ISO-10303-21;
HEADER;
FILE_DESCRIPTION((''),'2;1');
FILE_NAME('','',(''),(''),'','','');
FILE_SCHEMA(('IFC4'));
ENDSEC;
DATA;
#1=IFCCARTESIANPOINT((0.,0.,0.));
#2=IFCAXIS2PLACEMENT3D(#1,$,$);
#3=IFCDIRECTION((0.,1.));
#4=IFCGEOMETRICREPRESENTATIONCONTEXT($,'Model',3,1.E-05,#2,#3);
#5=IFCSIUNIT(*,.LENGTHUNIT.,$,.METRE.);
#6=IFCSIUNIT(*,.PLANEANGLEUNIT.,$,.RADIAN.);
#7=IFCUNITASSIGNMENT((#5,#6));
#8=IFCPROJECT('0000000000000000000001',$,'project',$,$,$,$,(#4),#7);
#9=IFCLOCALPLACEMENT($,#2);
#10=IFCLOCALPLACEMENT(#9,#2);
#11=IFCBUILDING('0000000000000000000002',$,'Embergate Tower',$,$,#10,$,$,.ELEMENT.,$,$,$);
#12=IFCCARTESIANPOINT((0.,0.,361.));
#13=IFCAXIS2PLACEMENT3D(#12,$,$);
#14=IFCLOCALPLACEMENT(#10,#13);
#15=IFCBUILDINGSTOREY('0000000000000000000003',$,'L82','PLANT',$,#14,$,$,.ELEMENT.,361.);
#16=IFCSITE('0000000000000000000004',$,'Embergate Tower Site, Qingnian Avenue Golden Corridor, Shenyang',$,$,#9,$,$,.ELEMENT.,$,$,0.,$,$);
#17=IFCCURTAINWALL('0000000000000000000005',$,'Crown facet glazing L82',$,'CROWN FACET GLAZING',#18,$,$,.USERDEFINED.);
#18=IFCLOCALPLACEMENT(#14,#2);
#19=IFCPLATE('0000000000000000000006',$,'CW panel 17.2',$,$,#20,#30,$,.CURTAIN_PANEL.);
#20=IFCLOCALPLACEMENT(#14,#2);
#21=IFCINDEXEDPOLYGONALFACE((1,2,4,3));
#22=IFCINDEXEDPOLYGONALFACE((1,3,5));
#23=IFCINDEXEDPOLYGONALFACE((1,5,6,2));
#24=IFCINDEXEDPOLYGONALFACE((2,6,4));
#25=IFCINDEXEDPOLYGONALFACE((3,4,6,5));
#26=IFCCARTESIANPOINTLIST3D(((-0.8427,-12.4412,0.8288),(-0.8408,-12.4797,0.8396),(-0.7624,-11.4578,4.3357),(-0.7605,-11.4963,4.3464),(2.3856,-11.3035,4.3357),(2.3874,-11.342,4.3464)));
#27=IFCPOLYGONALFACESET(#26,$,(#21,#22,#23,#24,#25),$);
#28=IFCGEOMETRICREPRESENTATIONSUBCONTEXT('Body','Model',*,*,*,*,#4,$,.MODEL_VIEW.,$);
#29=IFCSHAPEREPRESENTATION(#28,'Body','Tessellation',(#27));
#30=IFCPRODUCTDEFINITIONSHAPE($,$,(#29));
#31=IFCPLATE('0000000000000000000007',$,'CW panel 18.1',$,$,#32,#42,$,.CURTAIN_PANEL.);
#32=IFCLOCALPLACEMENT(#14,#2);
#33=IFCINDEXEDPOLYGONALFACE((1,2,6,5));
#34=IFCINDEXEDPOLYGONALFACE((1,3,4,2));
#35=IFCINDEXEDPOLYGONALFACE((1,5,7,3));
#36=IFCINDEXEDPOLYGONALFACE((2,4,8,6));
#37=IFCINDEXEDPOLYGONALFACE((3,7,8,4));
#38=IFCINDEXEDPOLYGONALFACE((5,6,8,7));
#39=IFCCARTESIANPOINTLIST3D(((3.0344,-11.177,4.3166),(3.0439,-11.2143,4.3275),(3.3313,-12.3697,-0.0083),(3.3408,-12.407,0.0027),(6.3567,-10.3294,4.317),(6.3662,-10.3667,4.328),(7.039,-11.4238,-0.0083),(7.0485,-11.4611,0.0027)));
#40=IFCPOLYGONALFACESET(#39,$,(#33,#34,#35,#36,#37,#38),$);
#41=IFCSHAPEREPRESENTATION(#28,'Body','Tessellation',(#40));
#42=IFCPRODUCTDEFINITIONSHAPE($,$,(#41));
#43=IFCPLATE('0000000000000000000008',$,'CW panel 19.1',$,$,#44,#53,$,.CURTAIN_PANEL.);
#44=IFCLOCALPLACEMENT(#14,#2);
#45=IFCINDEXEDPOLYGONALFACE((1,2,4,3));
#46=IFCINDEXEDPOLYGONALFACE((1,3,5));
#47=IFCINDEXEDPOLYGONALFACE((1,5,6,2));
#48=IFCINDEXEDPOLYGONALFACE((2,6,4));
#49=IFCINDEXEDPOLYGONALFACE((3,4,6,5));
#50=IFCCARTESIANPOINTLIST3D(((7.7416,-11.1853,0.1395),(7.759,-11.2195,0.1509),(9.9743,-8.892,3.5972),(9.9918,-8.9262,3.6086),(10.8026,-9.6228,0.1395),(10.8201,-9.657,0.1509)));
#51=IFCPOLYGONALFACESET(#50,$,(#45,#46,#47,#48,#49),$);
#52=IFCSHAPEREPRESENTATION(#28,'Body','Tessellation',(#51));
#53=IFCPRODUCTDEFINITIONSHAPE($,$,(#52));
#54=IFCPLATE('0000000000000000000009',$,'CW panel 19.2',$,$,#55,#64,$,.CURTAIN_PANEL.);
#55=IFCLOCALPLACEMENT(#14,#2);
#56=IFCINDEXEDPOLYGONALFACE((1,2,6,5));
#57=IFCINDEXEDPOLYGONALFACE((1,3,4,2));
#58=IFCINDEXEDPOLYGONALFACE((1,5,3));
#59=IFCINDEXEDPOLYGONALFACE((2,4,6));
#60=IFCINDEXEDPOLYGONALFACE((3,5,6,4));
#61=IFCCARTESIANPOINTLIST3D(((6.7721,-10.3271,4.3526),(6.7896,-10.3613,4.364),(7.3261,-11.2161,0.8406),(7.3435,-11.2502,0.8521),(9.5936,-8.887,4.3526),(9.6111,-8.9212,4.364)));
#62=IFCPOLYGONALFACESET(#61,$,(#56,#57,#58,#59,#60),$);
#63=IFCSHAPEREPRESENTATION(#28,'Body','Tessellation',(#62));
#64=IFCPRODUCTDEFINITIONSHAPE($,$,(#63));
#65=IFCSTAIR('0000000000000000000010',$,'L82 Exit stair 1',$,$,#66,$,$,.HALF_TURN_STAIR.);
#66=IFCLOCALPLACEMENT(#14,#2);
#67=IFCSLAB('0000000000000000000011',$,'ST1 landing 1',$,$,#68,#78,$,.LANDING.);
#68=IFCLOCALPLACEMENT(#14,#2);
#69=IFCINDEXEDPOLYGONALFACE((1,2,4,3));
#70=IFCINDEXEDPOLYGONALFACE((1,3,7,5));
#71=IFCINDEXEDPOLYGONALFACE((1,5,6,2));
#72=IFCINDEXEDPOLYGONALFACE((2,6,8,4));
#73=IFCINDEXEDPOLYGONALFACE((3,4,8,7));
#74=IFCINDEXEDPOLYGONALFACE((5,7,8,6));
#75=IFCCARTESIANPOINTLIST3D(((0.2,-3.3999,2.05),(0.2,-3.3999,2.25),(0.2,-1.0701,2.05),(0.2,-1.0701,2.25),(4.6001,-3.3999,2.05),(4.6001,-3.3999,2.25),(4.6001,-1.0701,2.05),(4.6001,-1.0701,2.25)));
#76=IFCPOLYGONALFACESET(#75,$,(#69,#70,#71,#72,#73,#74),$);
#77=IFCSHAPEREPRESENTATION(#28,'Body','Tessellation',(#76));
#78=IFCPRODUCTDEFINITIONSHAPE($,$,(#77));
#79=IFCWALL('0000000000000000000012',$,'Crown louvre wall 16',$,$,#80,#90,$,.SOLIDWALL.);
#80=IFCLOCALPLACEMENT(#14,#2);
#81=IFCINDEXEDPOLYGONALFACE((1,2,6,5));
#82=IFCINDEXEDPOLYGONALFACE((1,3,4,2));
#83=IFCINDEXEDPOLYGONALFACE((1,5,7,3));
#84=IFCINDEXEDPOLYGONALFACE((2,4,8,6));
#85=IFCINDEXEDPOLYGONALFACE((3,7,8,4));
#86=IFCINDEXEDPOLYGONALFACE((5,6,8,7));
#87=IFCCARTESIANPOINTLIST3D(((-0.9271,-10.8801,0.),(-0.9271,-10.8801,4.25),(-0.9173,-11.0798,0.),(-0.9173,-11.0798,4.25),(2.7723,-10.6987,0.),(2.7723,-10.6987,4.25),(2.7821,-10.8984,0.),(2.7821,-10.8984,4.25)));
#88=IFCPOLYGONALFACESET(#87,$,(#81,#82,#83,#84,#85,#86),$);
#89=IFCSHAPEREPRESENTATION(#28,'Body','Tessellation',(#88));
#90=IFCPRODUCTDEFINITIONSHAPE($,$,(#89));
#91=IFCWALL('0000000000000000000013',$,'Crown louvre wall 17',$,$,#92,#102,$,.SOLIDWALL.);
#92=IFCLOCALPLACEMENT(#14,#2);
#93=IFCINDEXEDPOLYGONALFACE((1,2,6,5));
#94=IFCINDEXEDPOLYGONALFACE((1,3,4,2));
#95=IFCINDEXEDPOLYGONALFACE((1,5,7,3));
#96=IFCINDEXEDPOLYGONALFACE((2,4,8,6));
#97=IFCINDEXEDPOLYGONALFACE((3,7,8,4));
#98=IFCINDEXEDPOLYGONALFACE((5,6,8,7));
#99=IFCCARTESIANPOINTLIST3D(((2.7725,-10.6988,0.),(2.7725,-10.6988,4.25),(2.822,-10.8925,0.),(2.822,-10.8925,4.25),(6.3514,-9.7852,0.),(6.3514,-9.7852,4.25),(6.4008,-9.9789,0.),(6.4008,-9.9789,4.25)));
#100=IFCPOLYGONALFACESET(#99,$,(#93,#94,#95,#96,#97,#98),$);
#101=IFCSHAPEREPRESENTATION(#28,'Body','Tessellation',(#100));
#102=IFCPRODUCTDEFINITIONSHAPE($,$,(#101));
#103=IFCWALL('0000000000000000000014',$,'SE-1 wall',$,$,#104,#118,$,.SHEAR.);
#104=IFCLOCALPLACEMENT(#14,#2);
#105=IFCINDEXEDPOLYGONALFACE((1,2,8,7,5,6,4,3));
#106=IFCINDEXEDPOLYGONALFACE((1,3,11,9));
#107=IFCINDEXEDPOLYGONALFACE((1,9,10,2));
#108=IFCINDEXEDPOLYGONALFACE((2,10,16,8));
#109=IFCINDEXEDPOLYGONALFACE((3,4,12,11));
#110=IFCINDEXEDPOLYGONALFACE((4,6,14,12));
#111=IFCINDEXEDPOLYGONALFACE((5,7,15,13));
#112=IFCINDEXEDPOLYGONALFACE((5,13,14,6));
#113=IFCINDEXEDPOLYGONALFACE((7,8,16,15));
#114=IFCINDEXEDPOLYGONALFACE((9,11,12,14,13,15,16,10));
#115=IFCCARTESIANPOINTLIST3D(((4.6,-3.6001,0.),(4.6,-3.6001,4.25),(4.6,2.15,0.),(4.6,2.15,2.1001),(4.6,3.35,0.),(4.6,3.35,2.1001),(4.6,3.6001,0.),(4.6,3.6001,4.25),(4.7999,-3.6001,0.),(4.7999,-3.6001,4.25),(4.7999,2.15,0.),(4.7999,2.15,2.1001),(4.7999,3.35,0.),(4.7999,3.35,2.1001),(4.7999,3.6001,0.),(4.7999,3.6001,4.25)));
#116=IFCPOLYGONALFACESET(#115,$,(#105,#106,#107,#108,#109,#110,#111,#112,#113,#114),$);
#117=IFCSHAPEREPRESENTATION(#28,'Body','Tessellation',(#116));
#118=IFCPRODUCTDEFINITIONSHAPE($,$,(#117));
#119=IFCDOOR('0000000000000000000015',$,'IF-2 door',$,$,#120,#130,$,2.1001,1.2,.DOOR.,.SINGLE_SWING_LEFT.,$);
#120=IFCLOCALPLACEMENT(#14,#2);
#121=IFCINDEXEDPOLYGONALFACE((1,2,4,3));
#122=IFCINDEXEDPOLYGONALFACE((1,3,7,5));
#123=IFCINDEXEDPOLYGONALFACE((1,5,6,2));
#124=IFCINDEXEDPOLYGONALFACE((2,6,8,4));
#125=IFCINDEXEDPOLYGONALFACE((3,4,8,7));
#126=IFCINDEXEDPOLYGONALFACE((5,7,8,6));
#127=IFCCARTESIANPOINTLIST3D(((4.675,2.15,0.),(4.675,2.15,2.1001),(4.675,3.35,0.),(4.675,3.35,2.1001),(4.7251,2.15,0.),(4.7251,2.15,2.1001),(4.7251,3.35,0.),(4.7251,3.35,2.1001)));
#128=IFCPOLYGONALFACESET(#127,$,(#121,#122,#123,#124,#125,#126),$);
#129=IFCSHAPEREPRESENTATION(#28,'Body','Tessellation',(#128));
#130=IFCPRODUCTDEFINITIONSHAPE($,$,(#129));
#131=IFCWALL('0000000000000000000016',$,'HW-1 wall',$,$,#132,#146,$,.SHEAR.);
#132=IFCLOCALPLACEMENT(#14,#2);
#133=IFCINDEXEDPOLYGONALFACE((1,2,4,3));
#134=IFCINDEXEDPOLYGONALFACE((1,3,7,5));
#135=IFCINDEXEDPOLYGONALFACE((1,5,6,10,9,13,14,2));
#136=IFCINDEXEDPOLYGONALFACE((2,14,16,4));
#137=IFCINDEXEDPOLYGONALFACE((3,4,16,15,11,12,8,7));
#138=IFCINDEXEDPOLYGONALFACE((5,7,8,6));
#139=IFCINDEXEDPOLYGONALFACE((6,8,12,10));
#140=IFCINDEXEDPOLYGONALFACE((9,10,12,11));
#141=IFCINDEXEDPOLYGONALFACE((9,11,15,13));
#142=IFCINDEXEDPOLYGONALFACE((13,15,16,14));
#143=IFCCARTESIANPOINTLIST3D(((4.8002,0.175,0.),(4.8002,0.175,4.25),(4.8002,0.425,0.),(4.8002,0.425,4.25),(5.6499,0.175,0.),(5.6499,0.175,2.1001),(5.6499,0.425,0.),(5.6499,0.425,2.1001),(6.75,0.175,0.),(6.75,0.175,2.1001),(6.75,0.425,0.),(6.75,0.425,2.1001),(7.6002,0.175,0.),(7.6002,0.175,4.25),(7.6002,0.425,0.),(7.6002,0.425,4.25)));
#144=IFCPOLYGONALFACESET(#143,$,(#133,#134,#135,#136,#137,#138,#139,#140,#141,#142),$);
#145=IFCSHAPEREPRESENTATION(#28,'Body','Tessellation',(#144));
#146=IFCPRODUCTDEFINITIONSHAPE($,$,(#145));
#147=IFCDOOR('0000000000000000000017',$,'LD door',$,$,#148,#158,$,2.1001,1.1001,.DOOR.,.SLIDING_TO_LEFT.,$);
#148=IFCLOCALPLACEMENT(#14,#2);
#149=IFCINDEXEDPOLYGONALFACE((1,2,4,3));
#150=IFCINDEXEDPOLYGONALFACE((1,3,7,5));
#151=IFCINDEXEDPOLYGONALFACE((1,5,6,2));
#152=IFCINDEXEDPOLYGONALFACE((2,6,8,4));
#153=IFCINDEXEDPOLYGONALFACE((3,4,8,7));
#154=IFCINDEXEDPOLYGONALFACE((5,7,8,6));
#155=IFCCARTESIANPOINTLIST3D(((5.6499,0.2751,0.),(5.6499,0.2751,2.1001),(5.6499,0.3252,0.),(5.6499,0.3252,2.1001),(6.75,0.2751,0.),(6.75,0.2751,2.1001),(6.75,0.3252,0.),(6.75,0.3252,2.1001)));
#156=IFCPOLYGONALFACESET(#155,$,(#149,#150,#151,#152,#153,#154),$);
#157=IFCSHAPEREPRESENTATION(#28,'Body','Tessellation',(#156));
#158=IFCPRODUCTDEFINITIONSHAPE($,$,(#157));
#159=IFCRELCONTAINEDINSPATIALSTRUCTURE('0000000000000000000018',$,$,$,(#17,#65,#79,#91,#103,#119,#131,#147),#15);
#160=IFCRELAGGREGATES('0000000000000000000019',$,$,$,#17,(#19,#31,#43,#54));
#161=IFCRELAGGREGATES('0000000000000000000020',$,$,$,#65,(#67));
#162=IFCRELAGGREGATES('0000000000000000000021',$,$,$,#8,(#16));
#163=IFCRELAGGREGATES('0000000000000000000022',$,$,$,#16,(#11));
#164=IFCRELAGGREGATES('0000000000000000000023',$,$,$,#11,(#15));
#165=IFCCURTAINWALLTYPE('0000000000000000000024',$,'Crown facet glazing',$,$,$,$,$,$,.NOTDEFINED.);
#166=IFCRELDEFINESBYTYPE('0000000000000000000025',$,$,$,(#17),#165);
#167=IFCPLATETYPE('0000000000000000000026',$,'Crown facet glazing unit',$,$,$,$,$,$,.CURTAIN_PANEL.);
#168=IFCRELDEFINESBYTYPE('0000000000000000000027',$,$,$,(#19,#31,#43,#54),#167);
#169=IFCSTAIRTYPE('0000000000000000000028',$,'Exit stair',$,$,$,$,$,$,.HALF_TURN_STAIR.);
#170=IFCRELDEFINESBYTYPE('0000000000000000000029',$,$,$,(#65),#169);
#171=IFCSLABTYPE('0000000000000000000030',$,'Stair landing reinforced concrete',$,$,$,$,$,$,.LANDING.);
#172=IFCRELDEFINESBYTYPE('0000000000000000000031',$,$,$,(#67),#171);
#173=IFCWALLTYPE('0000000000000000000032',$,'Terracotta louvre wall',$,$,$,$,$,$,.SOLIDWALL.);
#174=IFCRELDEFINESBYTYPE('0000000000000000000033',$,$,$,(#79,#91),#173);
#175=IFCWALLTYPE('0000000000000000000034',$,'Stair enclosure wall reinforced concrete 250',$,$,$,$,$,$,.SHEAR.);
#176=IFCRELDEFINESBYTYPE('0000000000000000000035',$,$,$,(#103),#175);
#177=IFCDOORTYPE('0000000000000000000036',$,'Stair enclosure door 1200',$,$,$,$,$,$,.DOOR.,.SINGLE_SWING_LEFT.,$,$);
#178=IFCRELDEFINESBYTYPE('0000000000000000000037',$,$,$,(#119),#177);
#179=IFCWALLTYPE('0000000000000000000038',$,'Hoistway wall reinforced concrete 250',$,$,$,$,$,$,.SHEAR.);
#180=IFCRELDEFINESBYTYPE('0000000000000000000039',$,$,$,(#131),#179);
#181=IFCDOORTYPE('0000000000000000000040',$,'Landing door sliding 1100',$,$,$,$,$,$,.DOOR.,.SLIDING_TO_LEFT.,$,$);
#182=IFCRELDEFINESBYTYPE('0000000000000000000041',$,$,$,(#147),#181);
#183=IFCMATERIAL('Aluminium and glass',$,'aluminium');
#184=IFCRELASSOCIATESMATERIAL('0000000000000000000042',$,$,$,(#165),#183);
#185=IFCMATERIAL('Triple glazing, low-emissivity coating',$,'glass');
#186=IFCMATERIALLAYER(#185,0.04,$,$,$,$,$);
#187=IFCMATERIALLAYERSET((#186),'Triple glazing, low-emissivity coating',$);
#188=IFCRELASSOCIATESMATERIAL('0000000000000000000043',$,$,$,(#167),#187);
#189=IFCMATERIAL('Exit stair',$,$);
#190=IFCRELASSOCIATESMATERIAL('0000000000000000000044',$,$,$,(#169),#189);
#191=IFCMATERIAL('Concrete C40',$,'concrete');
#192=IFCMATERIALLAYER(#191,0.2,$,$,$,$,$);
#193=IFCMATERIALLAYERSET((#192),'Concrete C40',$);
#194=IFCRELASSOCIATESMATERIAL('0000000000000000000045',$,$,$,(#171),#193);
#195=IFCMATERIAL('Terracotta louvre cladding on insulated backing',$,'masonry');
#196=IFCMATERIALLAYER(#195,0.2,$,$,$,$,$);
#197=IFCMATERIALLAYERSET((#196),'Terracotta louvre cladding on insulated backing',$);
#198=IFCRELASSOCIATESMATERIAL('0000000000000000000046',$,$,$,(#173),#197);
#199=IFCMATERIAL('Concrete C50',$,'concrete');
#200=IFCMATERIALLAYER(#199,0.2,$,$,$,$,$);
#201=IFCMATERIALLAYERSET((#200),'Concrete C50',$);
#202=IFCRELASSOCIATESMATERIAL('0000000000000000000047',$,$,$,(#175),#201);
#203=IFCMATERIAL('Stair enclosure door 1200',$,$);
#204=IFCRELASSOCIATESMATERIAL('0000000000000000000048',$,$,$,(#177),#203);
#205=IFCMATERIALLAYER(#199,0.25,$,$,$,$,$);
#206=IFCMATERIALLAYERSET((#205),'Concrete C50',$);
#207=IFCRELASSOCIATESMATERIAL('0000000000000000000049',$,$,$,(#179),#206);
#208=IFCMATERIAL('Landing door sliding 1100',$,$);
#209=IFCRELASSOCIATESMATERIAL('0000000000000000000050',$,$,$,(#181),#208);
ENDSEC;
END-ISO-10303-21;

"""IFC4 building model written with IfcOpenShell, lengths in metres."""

from ifc_helpers import new_model, si_unit, direction, frame, frame_2d, origin, place, context, subcontext, project, spatial, polyline, rectangle, outline, extrude, source, transform, mapped, material, layer, layer_set, type_object, element, fill, aggregate, save


model = new_model("IFC4")

# Units and contexts
model_context = context("Model", 3, precision=1e-05, world=origin(), true_north=direction((0.0, 1.0)))
body_context = subcontext(model_context, "Body", "Model", "MODEL_VIEW")
ifc_project = project(units=[si_unit("LENGTHUNIT", "METRE"), si_unit("PLANEANGLEUNIT", "RADIAN")], contexts=[model_context])

# Site, building, storey
site_placement = place(None, origin())
site = spatial("IfcSite", under=ifc_project, at=site_placement, Name="Embergate Tower Site, Qingnian Avenue Golden Corridor, Shenyang", CompositionType="ELEMENT", RefElevation=0.0)
building_placement = place(site_placement, origin())
building = spatial("IfcBuilding", under=site, at=building_placement, Name="Embergate Tower", CompositionType="ELEMENT")
storey_placement = place(building_placement, frame((0.0, 0.0, 361.0)))
storey = spatial("IfcBuildingStorey", under=building, at=storey_placement, Name="L82", Description="PLANT", CompositionType="ELEMENT", Elevation=361.0)

# Curtain wall
ifc_material_1 = material(Name="Aluminium and glass", Category="aluminium")
curtain_wall_type = type_object("IfcCurtainWallType", Name="Crown facet glazing", PredefinedType="NOTDEFINED", material=ifc_material_1)
curtain_wall_placement = place(storey_placement, origin())
curtain_wall = element("IfcCurtainWall", 1, at=curtain_wall_placement, inside=storey, type_object=curtain_wall_type, Name="Crown facet glazing L82", ObjectType="CROWN FACET GLAZING", PredefinedType="USERDEFINED")

# Shared definitions
ifc_material_2 = material(Name="Concrete C50", Category="concrete")

# Plates
ifc_material_3 = material(Name="Triple glazing, low-emissivity coating", Category="glass")
ifc_layer_1 = layer(ifc_material_3, 0.04)
ifc_layer_set_1 = layer_set([ifc_layer_1], Name="Triple glazing, low-emissivity coating")
plate_type = type_object("IfcPlateType", Name="Crown facet glazing unit", PredefinedType="CURTAIN_PANEL", material=ifc_layer_set_1)
shared_shape_1 = source(origin(), body_context, "Body", "SweptSolid", [
    extrude(outline(polyline([(0.0, 0.0), (4.9004, 0.0), (2.7908, 2.3416), (0.0, 0.0)])), origin(), (0.0, 0.0, -1.0), 0.04),
])
plate_1_placement = place(storey_placement, frame((-0.8408, -12.4797, 0.8396), z_axis=(0.047156, -0.962067, 0.268706), x_axis=(0.658776, 0.232163, 0.715621)))
plate_1 = element("IfcPlate", 2, at=plate_1_placement, type_object=plate_type, Name="CW panel 17.2", PredefinedType="CURTAIN_PANEL", context=body_context, shape_type="MappedRepresentation", body=[
    mapped(shared_shape_1, transform((0.0, 0.0, 0.0))),
])
shared_shape_2 = source(origin(), body_context, "Body", "SweptSolid", [
    extrude(outline(polyline([(0.0, 0.0), (3.8264, 0.0), (3.4358, 4.4966), (0.0071, 4.4961), (0.0, 0.0)])), origin(), (0.0, 0.0, -1.0), 0.04),
])
plate_2_placement = place(storey_placement, frame((3.3408, -12.407, 0.0027), z_axis=(0.237773, -0.932063, 0.273356), x_axis=(0.968968, 0.247186, -0.000004)))
plate_2 = element("IfcPlate", 3, at=plate_2_placement, type_object=plate_type, Name="CW panel 18.1", PredefinedType="CURTAIN_PANEL", context=body_context, shape_type="MappedRepresentation", body=[
    mapped(shared_shape_2, transform((0.0, 0.0, 0.0))),
])
shared_shape_3 = source(origin(), body_context, "Body", "SweptSolid", [
    extrude(outline(polyline([(0.0, 0.0), (3.4368, 0.0), (3.0312, 3.6072), (0.0, 0.0)])), origin(), (0.0, 0.0, -1.0), 0.04),
])
plate_3_placement = place(storey_placement, frame((7.759, -11.2195, 0.1509), z_axis=(0.43581, -0.85378, 0.284831), x_axis=(0.890674, 0.454643, 0.0)))
plate_3 = element("IfcPlate", 4, at=plate_3_placement, type_object=plate_type, Name="CW panel 19.1", PredefinedType="CURTAIN_PANEL", context=body_context, shape_type="MappedRepresentation", body=[
    mapped(shared_shape_3, transform((0.0, 0.0, 0.0))),
])
shared_shape_4 = source(origin(), body_context, "Body", "SweptSolid", [
    extrude(outline(polyline([(0.0, 0.0), (4.7854, 0.0), (2.7476, 2.4253), (0.0, 0.0)])), origin(), (0.0, 0.0, -1.0), 0.04),
])
plate_4_placement = place(storey_placement, frame((7.3435, -11.2502, 0.8521), z_axis=(0.435794, -0.853785, 0.284842), x_axis=(0.473849, 0.486705, 0.733884)))
plate_4 = element("IfcPlate", 5, at=plate_4_placement, type_object=plate_type, Name="CW panel 19.2", PredefinedType="CURTAIN_PANEL", context=body_context, shape_type="MappedRepresentation", body=[
    mapped(shared_shape_4, transform((0.0, 0.0, 0.0))),
])
aggregate(curtain_wall, [plate_1, plate_2, plate_3, plate_4])

# Stair, slab
ifc_material_4 = material(Name="Exit stair")
stair_type = type_object("IfcStairType", Name="Exit stair", PredefinedType="HALF_TURN_STAIR", material=ifc_material_4)
stair_1_placement = place(storey_placement, origin())
stair_1 = element("IfcStair", 6, at=stair_1_placement, inside=storey, type_object=stair_type, Name="L82 Exit stair 1", PredefinedType="HALF_TURN_STAIR")
ifc_material_5 = material(Name="Concrete C40", Category="concrete")
ifc_layer_2 = layer(ifc_material_5, 0.2)
ifc_layer_set_2 = layer_set([ifc_layer_2], Name="Concrete C40")
slab_type_1 = type_object("IfcSlabType", Name="Stair landing reinforced concrete", PredefinedType="LANDING", material=ifc_layer_set_2)
shared_shape_5 = source(origin(), body_context, "Body", "SweptSolid", [
    extrude(outline(polyline([(0.0, 0.0), (4.4001, 0.0), (4.4001, 2.3298), (0.0, 2.3298), (0.0, 0.0)])), origin(), (0.0, 0.0, 1.0), 0.2),
])
slab_1_placement = place(storey_placement, frame((0.2, -3.3999, 2.05)))
slab_1 = element("IfcSlab", 7, at=slab_1_placement, type_object=slab_type_1, Name="ST1 landing 1", PredefinedType="LANDING", context=body_context, shape_type="MappedRepresentation", body=[
    mapped(shared_shape_5, transform((0.0, 0.0, 0.0))),
])

# Walls
ifc_material_6 = material(Name="Terracotta louvre cladding on insulated backing", Category="masonry")
ifc_layer_3 = layer(ifc_material_6, 0.2)
ifc_layer_set_3 = layer_set([ifc_layer_3], Name="Terracotta louvre cladding on insulated backing")
wall_type_1 = type_object("IfcWallType", Name="Terracotta louvre wall", PredefinedType="SOLIDWALL", material=ifc_layer_set_3)
shared_shape_6 = source(origin(), body_context, "Body", "SweptSolid", [
    extrude(rectangle(XDim=3.7039, YDim=0.2, at=frame_2d((1.8521, 0.0))), origin(), (0.0, 0.0, 1.0), 4.25),
])
wall_1_placement = place(storey_placement, frame((2.7773, -10.7986, 0.0), z_axis=(0.0, 0.0, 1.0), x_axis=(-0.9988, -0.048974, 0.0)))
element("IfcWall", 8, at=wall_1_placement, inside=storey, type_object=wall_type_1, Name="Crown louvre wall 16", PredefinedType="SOLIDWALL", context=body_context, shape_type="MappedRepresentation", body=[
    mapped(shared_shape_6, transform((0.0, 0.0, 0.0))),
])
shared_shape_7 = source(origin(), body_context, "Body", "SweptSolid", [
    extrude(rectangle(XDim=3.6936, YDim=0.2, at=frame_2d((1.8467, 0.0))), origin(), (0.0, 0.0, 1.0), 4.25),
])
wall_2_placement = place(storey_placement, frame((6.376, -9.8821, 0.0), z_axis=(0.0, 0.0, 1.0), x_axis=(-0.968929, -0.247338, 0.0)))
element("IfcWall", 9, at=wall_2_placement, inside=storey, type_object=wall_type_1, Name="Crown louvre wall 17", PredefinedType="SOLIDWALL", context=body_context, shape_type="MappedRepresentation", body=[
    mapped(shared_shape_7, transform((0.0, 0.0, 0.0))),
])

# Walls, openings, doors
ifc_layer_4 = layer(ifc_material_2, 0.2)
ifc_layer_set_4 = layer_set([ifc_layer_4], Name="Concrete C50")
wall_type_2 = type_object("IfcWallType", Name="Stair enclosure wall reinforced concrete 250", PredefinedType="SHEAR", material=ifc_layer_set_4)
shared_shape_8 = source(origin(), body_context, "Body", "SweptSolid", [
    extrude(rectangle(XDim=7.2002, YDim=0.2, at=frame_2d((3.6001, 0.0))), origin(), (0.0, 0.0, 1.0), 4.25),
])
wall_3_placement = place(storey_placement, frame((4.7, -3.6001, 0.0), z_axis=(0.0, 0.0, 1.0), x_axis=(0.0, 1.0, 0.0)))
wall_3 = element("IfcWall", 10, at=wall_3_placement, inside=storey, type_object=wall_type_2, Name="SE-1 wall", PredefinedType="SHEAR", context=body_context, shape_type="MappedRepresentation", body=[
    mapped(shared_shape_8, transform((0.0, 0.0, 0.0))),
])
shared_shape_9 = source(origin(), body_context, "Body", "SweptSolid", [
    extrude(rectangle(XDim=1.2, YDim=2.1001, at=frame_2d((0.6001, 1.05))), frame((0.0, 0.1099, 0.0), z_axis=(0.0, -1.0, 0.0), x_axis=(1.0, 0.0, 0.0)), (0.0, 0.0, 1.0), 0.22),
])
opening_1_placement = place(wall_3_placement, frame((5.75, 0.0, 0.0)))
opening_1 = element("IfcOpeningElement", 11, at=opening_1_placement, cuts=wall_3, PredefinedType="OPENING", context=body_context, shape_type="MappedRepresentation", body=[
    mapped(shared_shape_9, transform((0.0, 0.0, 0.0))),
])
ifc_material_7 = material(Name="Stair enclosure door 1200")
door_type_1 = type_object("IfcDoorType", Name="Stair enclosure door 1200", OperationType="SINGLE_SWING_LEFT", PredefinedType="DOOR", material=ifc_material_7)
shared_shape_10 = source(origin(), body_context, "Body", "SweptSolid", [
    extrude(rectangle(XDim=1.2, YDim=2.1001, at=frame_2d((0.6001, 1.05))), frame((0.0, 0.0249, 0.0), z_axis=(0.0, -1.0, 0.0), x_axis=(1.0, 0.0, 0.0)), (0.0, 0.0, 1.0), 0.05),
])
door_1_placement = place(opening_1_placement, origin())
door_1 = element("IfcDoor", 12, at=door_1_placement, inside=storey, type_object=door_type_1, Name="IF-2 door", OperationType="SINGLE_SWING_LEFT", OverallHeight=2.1001, OverallWidth=1.2, PredefinedType="DOOR", context=body_context, shape_type="MappedRepresentation", body=[
    mapped(shared_shape_10, transform((0.0, 0.0, 0.0))),
])
fill(opening_1, door_1)
ifc_layer_5 = layer(ifc_material_2, 0.25)
ifc_layer_set_5 = layer_set([ifc_layer_5], Name="Concrete C50")
wall_type_3 = type_object("IfcWallType", Name="Hoistway wall reinforced concrete 250", PredefinedType="SHEAR", material=ifc_layer_set_5)
shared_shape_11 = source(origin(), body_context, "Body", "SweptSolid", [
    extrude(rectangle(XDim=2.8, YDim=0.25, at=frame_2d((1.3999, 0.0))), origin(), (0.0, 0.0, 1.0), 4.25),
])
wall_4_placement = place(storey_placement, frame((7.6001, 0.3, 0.0), z_axis=(0.0, 0.0, 1.0), x_axis=(-1.0, 0.0, 0.0)))
wall_4 = element("IfcWall", 13, at=wall_4_placement, inside=storey, type_object=wall_type_3, Name="HW-1 wall", PredefinedType="SHEAR", context=body_context, shape_type="MappedRepresentation", body=[
    mapped(shared_shape_11, transform((0.0, 0.0, 0.0))),
])
shared_shape_12 = source(origin(), body_context, "Body", "SweptSolid", [
    extrude(rectangle(XDim=1.1001, YDim=2.1001, at=frame_2d((0.55, 1.05))), frame((0.0, 0.135, 0.0), z_axis=(0.0, -1.0, 0.0), x_axis=(1.0, 0.0, 0.0)), (0.0, 0.0, 1.0), 0.27),
])
opening_2_placement = place(wall_4_placement, frame((0.8501, 0.0, 0.0)))
opening_2 = element("IfcOpeningElement", 14, at=opening_2_placement, cuts=wall_4, PredefinedType="OPENING", context=body_context, shape_type="MappedRepresentation", body=[
    mapped(shared_shape_12, transform((0.0, 0.0, 0.0))),
])
ifc_material_8 = material(Name="Landing door sliding 1100")
door_type_2 = type_object("IfcDoorType", Name="Landing door sliding 1100", OperationType="SLIDING_TO_LEFT", PredefinedType="DOOR", material=ifc_material_8)
shared_shape_13 = source(origin(), body_context, "Body", "SweptSolid", [
    extrude(rectangle(XDim=1.1001, YDim=2.1001, at=frame_2d((0.55, 1.05))), frame((0.0, 0.0249, 0.0), z_axis=(0.0, -1.0, 0.0), x_axis=(1.0, 0.0, 0.0)), (0.0, 0.0, 1.0), 0.05),
])
door_2_placement = place(opening_2_placement, origin())
door_2 = element("IfcDoor", 15, at=door_2_placement, inside=storey, type_object=door_type_2, Name="LD door", OperationType="SLIDING_TO_LEFT", OverallHeight=2.1001, OverallWidth=1.1001, PredefinedType="DOOR", context=body_context, shape_type="MappedRepresentation", body=[
    mapped(shared_shape_13, transform((0.0, 0.0, 0.0))),
])
fill(opening_2, door_2)

aggregate(stair_1, [slab_1])

save(model, "model.ifc")
